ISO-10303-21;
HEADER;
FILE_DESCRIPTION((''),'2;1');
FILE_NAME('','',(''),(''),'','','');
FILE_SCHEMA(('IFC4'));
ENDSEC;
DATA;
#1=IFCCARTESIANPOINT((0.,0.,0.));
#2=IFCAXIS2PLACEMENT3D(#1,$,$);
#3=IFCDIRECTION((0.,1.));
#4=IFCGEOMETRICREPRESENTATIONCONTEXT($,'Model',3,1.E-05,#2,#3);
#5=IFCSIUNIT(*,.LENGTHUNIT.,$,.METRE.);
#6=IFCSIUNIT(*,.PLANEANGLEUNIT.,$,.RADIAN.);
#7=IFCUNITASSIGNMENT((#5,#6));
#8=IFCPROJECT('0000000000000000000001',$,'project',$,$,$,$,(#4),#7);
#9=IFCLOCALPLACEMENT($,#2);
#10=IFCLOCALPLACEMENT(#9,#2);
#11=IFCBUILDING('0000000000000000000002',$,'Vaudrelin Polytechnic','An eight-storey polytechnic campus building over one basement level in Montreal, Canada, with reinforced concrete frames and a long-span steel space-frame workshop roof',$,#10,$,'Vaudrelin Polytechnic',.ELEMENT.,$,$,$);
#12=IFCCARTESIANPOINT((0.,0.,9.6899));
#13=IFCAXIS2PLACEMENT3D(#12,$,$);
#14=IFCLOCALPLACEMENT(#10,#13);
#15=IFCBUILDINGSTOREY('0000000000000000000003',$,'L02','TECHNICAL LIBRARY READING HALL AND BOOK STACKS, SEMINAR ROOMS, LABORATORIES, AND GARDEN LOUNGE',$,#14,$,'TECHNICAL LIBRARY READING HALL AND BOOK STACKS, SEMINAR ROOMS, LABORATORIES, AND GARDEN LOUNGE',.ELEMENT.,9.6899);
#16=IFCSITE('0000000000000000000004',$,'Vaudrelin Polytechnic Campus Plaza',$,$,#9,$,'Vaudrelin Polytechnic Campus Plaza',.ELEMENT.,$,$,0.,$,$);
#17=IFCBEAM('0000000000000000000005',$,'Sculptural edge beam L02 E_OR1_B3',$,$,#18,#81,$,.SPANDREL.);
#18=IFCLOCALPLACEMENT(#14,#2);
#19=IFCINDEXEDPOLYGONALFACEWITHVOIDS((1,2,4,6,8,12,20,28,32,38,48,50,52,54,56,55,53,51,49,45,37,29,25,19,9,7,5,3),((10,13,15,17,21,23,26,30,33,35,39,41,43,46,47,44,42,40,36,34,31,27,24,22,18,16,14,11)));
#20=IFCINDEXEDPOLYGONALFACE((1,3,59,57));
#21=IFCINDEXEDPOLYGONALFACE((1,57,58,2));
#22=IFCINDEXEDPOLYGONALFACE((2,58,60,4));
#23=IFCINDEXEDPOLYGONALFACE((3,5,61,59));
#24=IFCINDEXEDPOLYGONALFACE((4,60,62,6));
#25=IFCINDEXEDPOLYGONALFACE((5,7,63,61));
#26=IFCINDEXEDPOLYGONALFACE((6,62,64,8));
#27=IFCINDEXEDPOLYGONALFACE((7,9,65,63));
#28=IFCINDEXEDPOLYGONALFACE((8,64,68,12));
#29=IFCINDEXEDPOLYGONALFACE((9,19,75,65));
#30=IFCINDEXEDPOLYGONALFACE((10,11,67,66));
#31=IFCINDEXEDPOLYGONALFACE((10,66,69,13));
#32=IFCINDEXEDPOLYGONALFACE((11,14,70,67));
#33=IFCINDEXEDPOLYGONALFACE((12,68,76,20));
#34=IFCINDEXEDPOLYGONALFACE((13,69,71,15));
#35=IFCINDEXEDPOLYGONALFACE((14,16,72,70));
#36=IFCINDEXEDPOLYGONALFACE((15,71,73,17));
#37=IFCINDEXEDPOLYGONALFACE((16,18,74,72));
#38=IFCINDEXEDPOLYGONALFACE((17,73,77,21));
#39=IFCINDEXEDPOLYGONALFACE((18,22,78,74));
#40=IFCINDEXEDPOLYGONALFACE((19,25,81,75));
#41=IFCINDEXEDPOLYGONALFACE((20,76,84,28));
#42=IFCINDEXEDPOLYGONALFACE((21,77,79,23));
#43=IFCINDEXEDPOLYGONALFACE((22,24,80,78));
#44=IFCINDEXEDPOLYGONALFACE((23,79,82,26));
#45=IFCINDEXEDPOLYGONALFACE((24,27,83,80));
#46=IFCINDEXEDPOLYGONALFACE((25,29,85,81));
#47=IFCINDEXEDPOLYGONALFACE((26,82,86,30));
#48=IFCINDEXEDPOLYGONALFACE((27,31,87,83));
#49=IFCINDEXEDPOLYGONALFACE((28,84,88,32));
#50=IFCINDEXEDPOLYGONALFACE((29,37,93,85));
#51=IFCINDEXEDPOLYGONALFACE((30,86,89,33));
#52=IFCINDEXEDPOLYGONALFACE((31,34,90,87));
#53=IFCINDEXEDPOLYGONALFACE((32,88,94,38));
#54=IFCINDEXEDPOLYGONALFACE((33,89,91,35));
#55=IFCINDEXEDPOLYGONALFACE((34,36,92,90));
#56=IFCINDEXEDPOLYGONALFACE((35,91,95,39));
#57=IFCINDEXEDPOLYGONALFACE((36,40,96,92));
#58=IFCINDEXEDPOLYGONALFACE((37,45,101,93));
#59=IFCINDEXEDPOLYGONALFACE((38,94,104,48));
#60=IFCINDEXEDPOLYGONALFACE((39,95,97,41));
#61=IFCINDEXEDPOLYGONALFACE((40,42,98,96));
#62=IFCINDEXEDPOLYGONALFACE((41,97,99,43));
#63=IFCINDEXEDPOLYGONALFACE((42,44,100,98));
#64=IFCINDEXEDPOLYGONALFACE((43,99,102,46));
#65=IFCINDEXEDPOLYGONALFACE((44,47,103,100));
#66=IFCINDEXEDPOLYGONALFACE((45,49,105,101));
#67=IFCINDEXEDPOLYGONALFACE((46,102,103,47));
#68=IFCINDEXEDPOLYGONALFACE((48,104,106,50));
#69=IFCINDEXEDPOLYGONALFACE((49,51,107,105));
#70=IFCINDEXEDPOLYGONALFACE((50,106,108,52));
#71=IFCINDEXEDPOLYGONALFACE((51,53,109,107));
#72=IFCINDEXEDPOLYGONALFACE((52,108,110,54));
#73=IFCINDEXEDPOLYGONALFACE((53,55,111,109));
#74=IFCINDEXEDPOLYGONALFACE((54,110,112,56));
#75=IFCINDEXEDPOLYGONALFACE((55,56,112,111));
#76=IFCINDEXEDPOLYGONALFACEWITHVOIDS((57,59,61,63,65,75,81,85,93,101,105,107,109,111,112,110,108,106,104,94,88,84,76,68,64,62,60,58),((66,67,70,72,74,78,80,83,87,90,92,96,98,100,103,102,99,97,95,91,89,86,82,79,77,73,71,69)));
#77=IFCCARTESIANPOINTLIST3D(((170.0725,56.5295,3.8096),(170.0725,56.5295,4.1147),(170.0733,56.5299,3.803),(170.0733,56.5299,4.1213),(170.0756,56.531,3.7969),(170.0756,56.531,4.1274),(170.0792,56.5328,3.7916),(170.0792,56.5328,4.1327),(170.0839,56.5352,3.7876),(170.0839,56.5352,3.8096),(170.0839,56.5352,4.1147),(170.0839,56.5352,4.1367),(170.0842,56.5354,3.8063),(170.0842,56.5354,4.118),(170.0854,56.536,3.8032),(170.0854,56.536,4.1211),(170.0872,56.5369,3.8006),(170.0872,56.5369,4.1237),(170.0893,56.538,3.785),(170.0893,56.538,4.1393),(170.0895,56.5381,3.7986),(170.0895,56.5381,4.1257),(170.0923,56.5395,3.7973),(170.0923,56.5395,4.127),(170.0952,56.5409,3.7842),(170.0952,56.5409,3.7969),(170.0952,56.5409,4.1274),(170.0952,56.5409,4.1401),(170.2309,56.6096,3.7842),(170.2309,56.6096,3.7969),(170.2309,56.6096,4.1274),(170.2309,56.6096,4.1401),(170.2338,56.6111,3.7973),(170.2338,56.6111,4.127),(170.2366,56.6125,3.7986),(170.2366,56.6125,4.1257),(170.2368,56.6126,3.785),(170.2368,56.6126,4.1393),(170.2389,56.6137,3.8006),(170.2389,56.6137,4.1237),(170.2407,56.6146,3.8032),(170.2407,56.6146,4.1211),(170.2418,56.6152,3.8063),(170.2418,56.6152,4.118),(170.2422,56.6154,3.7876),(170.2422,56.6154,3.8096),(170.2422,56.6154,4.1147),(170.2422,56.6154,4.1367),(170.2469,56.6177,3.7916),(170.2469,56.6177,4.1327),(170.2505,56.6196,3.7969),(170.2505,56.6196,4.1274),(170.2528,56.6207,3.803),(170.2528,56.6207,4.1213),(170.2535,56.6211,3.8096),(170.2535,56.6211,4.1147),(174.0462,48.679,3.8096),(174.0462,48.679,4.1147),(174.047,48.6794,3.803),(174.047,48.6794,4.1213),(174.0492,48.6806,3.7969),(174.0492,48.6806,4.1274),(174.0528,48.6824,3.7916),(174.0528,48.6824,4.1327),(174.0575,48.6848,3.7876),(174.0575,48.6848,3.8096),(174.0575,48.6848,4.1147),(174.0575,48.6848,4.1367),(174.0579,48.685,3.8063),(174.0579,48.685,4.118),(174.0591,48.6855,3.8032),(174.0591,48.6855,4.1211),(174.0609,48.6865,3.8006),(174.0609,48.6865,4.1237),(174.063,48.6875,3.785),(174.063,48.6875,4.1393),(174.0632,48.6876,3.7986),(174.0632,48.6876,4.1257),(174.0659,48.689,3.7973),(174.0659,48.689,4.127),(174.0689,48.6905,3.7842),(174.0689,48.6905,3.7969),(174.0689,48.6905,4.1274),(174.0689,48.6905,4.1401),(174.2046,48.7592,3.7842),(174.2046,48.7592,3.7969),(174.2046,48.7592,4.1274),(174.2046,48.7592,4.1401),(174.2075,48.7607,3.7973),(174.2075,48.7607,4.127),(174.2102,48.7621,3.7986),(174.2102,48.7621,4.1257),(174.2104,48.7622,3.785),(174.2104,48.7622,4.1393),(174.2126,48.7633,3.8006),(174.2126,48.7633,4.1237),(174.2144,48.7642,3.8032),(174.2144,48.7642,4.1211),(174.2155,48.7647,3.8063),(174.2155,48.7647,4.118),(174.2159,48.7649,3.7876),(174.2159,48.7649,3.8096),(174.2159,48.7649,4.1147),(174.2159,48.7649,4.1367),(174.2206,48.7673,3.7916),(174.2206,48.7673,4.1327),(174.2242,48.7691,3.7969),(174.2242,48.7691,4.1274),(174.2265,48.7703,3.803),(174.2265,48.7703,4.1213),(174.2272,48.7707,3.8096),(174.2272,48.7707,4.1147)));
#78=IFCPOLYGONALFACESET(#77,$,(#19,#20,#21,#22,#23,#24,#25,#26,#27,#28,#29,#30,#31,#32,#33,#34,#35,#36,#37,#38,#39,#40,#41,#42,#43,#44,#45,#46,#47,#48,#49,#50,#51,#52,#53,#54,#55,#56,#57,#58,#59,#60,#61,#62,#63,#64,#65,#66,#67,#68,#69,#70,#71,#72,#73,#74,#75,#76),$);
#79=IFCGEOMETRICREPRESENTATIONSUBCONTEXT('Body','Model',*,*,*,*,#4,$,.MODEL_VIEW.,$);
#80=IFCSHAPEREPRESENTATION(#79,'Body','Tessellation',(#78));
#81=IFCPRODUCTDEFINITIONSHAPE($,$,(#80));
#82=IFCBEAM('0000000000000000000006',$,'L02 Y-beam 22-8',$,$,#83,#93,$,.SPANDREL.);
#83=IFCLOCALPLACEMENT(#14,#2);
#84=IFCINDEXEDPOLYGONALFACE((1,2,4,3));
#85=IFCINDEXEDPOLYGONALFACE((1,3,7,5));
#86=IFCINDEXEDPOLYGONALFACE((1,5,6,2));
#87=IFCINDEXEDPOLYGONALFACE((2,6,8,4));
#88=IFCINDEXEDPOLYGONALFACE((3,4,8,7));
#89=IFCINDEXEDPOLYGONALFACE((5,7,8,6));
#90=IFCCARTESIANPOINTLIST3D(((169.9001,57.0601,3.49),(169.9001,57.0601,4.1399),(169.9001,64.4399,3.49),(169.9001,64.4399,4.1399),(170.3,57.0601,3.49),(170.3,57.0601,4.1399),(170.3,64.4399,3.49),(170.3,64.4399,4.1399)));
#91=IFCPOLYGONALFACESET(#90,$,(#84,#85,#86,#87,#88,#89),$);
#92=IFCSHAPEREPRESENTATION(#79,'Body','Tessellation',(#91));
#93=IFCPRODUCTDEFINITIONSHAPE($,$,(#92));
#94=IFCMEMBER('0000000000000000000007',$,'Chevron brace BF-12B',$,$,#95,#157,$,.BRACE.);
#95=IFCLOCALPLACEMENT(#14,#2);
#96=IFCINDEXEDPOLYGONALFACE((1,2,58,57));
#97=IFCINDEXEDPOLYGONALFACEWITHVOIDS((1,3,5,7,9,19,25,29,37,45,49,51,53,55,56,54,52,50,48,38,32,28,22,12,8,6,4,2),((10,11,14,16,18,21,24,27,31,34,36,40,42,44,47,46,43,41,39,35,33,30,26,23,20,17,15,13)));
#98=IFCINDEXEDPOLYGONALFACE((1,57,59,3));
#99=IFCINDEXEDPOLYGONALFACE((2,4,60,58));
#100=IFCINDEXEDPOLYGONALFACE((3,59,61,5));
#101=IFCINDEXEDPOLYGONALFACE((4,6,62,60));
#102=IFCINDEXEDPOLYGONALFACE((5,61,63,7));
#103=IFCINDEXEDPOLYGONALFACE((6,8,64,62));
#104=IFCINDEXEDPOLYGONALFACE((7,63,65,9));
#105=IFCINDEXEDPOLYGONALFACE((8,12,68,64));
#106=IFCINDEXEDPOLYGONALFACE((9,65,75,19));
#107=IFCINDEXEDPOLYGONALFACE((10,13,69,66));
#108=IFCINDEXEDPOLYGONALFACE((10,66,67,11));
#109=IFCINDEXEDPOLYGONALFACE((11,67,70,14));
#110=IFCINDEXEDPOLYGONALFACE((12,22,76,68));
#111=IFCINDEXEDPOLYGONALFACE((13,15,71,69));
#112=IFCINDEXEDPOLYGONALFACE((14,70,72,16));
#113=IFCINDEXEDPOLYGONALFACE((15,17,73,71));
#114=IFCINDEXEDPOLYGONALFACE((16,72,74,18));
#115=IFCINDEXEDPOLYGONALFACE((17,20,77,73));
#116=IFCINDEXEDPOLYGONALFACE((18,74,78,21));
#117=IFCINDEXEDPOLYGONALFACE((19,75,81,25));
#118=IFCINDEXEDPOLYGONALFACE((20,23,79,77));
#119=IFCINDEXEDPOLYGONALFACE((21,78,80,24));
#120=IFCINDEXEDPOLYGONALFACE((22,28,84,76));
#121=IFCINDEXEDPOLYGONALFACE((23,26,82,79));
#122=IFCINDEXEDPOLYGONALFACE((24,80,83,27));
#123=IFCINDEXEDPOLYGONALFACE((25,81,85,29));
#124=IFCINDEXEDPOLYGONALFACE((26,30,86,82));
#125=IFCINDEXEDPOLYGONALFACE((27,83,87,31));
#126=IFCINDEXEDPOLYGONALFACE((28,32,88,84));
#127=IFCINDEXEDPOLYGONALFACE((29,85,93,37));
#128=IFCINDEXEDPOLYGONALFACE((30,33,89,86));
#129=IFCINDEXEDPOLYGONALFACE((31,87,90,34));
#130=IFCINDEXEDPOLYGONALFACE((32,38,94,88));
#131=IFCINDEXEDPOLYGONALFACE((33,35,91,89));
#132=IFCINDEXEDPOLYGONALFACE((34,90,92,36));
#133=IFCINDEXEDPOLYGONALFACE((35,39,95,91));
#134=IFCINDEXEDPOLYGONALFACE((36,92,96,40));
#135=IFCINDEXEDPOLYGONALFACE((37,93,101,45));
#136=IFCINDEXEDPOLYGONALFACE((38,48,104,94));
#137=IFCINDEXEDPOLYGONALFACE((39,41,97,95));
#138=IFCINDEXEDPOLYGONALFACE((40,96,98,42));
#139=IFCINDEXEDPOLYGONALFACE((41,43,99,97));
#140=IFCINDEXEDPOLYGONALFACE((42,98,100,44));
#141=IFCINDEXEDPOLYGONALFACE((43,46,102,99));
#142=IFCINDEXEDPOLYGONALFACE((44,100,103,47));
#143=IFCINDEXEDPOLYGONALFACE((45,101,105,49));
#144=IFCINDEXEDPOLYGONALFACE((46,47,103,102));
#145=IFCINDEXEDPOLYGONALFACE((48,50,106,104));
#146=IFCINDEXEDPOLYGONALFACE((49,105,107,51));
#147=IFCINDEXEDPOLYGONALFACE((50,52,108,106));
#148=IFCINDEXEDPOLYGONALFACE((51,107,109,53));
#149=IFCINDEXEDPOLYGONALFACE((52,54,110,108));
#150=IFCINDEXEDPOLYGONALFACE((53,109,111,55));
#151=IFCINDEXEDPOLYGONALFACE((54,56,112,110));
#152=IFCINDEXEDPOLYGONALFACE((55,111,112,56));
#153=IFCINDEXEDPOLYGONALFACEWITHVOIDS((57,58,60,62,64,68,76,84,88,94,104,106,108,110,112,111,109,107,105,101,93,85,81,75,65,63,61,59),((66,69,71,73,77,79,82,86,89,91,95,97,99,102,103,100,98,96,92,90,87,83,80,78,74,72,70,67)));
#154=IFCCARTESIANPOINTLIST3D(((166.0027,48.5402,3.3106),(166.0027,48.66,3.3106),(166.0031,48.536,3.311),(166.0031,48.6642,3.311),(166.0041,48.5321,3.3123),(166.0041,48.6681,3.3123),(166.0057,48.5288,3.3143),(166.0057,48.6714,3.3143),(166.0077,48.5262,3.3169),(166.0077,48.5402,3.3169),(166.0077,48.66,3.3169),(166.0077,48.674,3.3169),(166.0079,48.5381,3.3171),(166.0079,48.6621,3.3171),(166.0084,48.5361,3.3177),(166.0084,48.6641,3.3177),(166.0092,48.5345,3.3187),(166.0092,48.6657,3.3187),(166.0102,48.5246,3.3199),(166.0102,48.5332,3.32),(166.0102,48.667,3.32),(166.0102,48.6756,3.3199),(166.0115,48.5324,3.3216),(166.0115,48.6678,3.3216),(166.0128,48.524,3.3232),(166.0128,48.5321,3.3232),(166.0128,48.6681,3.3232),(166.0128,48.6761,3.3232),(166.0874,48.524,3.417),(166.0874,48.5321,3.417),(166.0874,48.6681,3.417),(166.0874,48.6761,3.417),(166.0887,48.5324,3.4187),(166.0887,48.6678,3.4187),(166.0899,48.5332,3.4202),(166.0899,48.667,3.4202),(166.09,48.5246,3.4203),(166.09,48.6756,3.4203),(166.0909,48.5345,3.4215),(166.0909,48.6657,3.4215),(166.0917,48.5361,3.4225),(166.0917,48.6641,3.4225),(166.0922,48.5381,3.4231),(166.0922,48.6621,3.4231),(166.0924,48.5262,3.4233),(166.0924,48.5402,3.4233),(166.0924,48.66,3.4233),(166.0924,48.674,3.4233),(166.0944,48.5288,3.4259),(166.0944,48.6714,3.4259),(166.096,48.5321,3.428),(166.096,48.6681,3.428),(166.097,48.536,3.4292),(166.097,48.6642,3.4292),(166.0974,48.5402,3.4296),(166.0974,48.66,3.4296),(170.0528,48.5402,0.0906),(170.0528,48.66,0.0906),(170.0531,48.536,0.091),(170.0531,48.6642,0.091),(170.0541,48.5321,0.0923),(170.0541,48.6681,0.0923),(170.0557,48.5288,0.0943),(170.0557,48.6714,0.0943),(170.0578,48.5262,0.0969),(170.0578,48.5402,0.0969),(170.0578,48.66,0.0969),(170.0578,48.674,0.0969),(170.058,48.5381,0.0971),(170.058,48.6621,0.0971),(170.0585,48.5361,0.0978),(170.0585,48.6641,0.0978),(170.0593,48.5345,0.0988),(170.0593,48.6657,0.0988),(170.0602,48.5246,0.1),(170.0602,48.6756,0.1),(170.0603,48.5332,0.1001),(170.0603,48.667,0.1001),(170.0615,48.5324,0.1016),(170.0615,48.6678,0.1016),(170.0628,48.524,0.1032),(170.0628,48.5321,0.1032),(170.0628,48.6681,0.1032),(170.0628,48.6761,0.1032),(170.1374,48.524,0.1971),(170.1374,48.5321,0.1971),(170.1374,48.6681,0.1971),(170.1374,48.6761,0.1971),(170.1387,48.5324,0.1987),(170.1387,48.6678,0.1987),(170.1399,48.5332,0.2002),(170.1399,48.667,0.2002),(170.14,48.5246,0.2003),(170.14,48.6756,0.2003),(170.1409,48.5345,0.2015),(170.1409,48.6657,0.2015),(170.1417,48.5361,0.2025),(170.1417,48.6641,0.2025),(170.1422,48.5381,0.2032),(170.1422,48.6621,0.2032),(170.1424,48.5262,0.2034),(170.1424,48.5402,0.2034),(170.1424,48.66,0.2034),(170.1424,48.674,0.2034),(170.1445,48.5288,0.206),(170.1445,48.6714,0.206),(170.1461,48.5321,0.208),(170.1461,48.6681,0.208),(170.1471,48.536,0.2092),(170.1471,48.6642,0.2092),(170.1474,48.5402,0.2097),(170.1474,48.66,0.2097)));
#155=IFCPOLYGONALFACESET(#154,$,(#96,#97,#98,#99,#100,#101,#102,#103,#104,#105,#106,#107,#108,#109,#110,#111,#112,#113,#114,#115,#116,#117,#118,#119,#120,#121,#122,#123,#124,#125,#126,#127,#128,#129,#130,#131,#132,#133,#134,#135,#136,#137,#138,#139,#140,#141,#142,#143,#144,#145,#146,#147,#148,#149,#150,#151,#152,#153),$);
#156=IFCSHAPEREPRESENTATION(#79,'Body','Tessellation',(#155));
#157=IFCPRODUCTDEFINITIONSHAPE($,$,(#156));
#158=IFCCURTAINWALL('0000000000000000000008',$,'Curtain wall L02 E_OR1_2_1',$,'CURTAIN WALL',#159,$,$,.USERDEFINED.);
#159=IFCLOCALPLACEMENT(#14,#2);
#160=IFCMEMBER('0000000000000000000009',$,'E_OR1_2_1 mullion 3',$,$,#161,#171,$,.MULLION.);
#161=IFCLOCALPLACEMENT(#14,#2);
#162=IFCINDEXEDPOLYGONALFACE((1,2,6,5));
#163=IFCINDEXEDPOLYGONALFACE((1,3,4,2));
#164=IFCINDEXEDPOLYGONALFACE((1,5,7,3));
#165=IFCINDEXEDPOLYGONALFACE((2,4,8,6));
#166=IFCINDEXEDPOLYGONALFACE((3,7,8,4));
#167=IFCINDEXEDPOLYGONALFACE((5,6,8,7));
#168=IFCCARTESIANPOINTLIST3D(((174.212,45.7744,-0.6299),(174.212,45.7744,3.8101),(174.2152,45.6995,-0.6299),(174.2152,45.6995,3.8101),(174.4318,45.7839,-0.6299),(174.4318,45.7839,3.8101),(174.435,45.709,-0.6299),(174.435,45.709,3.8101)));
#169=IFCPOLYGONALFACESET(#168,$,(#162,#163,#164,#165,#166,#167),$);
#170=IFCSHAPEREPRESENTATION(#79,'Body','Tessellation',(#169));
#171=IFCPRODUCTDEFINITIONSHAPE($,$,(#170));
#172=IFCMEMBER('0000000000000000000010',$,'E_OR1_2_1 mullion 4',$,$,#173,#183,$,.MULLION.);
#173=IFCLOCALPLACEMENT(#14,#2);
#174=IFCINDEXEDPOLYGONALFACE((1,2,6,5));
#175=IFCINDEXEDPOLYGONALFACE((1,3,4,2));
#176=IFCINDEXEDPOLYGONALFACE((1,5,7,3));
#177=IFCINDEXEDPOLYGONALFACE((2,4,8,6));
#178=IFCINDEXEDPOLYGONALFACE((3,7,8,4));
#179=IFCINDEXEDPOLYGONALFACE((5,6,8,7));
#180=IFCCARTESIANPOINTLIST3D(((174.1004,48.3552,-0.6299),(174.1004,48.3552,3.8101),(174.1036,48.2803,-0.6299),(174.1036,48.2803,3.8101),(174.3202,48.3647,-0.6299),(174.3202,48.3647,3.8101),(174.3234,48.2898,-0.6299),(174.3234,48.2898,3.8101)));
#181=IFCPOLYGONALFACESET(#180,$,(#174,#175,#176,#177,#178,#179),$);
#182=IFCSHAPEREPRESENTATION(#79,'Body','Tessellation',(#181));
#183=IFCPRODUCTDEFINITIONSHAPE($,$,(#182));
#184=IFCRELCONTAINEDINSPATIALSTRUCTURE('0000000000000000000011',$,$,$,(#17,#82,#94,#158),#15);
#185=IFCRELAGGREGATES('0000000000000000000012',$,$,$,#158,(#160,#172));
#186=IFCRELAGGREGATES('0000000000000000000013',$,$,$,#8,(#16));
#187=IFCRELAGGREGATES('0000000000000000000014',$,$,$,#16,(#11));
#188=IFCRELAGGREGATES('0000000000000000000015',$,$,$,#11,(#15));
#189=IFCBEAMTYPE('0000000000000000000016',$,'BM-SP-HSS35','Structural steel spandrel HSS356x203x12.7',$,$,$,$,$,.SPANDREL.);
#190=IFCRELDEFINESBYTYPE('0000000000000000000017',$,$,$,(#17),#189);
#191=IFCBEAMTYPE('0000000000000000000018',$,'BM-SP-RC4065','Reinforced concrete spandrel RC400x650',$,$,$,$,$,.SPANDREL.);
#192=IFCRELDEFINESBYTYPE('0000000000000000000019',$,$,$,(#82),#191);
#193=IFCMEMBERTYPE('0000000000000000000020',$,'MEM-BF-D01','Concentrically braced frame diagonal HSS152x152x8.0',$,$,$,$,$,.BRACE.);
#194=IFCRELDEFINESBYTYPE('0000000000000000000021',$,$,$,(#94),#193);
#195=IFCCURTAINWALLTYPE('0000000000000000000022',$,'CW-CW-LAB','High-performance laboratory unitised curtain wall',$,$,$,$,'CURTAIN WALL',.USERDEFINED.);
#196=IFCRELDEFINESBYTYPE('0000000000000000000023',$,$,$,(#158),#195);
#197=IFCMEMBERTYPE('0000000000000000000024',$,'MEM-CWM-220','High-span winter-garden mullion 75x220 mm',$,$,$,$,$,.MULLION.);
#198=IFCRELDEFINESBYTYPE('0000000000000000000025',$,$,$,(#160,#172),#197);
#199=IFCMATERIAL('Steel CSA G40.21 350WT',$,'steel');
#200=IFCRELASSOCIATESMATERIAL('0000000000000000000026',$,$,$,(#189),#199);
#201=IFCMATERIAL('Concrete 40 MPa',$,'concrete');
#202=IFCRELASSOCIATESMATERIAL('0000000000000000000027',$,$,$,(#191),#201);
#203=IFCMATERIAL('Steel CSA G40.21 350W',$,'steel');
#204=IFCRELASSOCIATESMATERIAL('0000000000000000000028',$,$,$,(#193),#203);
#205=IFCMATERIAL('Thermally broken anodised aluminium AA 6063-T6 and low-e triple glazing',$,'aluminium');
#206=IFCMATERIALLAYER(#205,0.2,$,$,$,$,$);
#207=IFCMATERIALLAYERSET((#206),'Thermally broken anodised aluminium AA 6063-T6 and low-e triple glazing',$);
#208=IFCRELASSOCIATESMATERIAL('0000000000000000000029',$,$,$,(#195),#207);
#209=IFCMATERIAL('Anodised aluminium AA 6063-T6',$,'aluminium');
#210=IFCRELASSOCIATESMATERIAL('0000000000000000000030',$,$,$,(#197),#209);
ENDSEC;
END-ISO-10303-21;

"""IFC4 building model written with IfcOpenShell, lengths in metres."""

from ifc_helpers import new_model, si_unit, direction, frame, origin, origin_2d, place, context, subcontext, project, spatial, rectangle, hollow_rectangle, extrude, material, layer, layer_set, material_profile, profile_set, type_object, element, aggregate, save


model = new_model("IFC4")

# Units and contexts
model_context = context("Model", 3, precision=1e-05, world=origin(), true_north=direction((0.0, 1.0)))
body_context = subcontext(model_context, "Body", "Model", "MODEL_VIEW")
ifc_project = project(units=[si_unit("LENGTHUNIT", "METRE"), si_unit("PLANEANGLEUNIT", "RADIAN")], contexts=[model_context])

# Site, building, storey
site_placement = place(None, origin())
site = spatial("IfcSite", under=ifc_project, at=site_placement, Name="Vaudrelin Polytechnic Campus Plaza", LongName="Vaudrelin Polytechnic Campus Plaza", CompositionType="ELEMENT", RefElevation=0.0)
building_placement = place(site_placement, origin())
building = spatial("IfcBuilding", under=site, at=building_placement, Name="Vaudrelin Polytechnic", Description="An eight-storey polytechnic campus building over one basement level in Montreal, Canada, with reinforced concrete frames and a long-span steel space-frame workshop roof", LongName="Vaudrelin Polytechnic", CompositionType="ELEMENT")
storey_placement = place(building_placement, frame((0.0, 0.0, 9.6899)))
storey = spatial("IfcBuildingStorey", under=building, at=storey_placement, Name="L02", Description="TECHNICAL LIBRARY READING HALL AND BOOK STACKS, SEMINAR ROOMS, LABORATORIES, AND GARDEN LOUNGE", LongName="TECHNICAL LIBRARY READING HALL AND BOOK STACKS, SEMINAR ROOMS, LABORATORIES, AND GARDEN LOUNGE", CompositionType="ELEMENT", Elevation=9.6899)

# Shared definitions
ifc_material_1 = material(Name="Steel CSA G40.21 350WT", Category="steel")

# Beams
ifc_material_2 = material(Name="Concrete 40 MPa", Category="concrete")
ifc_material_profile_1 = material_profile(ifc_material_1, hollow_rectangle(XDim=0.2029, YDim=0.356, WallThickness=0.0127, InnerFilletRadius=0.0127, OuterFilletRadius=0.0254, at=origin_2d()), Name="HSS356x203x12.7")
ifc_profile_set_1 = profile_set([ifc_material_profile_1], Name="Steel CSA G40.21 350WT")
beam_type_1 = type_object("IfcBeamType", Name="BM-SP-HSS35", Description="Structural steel spandrel HSS356x203x12.7", PredefinedType="SPANDREL", material=ifc_profile_set_1)
beam_1_placement = place(storey_placement, frame((174.1367, 48.7249, 3.9622), z_axis=(-0.451614, 0.892213, 0.0), x_axis=(-0.892213, -0.451614, 0.0)))
element("IfcBeam", 1, at=beam_1_placement, inside=storey, type_object=beam_type_1, Name="Sculptural edge beam L02 E_OR1_B3", PredefinedType="SPANDREL", context=body_context, shape_type="SweptSolid", body=[
    extrude(hollow_rectangle(XDim=0.2029, YDim=0.356, WallThickness=0.0127, InnerFilletRadius=0.0127, OuterFilletRadius=0.0254, at=origin_2d()), origin(), (0.0, 0.0, 1.0), 8.7988),
])
ifc_material_profile_2 = material_profile(ifc_material_2, rectangle(XDim=0.3999, YDim=0.6499, at=origin_2d()), Name="RC400x650")
ifc_profile_set_2 = profile_set([ifc_material_profile_2], Name="Concrete 40 MPa")
beam_type_2 = type_object("IfcBeamType", Name="BM-SP-RC4065", Description="Reinforced concrete spandrel RC400x650", PredefinedType="SPANDREL", material=ifc_profile_set_2)
beam_2_placement = place(storey_placement, frame((170.1001, 57.0601, 3.8149), z_axis=(0.0, 1.0, 0.0), x_axis=(-1.0, 0.0, 0.0)))
element("IfcBeam", 2, at=beam_2_placement, inside=storey, type_object=beam_type_2, Name="L02 Y-beam 22-8", PredefinedType="SPANDREL", context=body_context, shape_type="SweptSolid", body=[
    extrude(rectangle(XDim=0.3999, YDim=0.6499, at=origin_2d()), origin(), (0.0, 0.0, 1.0), 7.3799),
])

# Member
ifc_material_3 = material(Name="Steel CSA G40.21 350W", Category="steel")
ifc_material_profile_3 = material_profile(ifc_material_3, hollow_rectangle(XDim=0.1521, YDim=0.1521, WallThickness=0.0081, InnerFilletRadius=0.0081, OuterFilletRadius=0.0161, at=origin_2d()), Name="HSS152x152x8.0")
ifc_profile_set_3 = profile_set([ifc_material_profile_3], Name="Steel CSA G40.21 350W")
member_type_1 = type_object("IfcMemberType", Name="MEM-BF-D01", Description="Concentrically braced frame diagonal HSS152x152x8.0", PredefinedType="BRACE", material=ifc_profile_set_3)
member_1_placement = place(storey_placement, frame((170.1001, 48.6001, 0.1501), z_axis=(-0.782757, 0.0, 0.622327), x_axis=(0.0, -1.0, 0.0)))
element("IfcMember", 3, at=member_1_placement, inside=storey, type_object=member_type_1, Name="Chevron brace BF-12B", PredefinedType="BRACE", context=body_context, shape_type="SweptSolid", body=[
    extrude(hollow_rectangle(XDim=0.1521, YDim=0.1521, WallThickness=0.0081, InnerFilletRadius=0.0081, OuterFilletRadius=0.0161, at=origin_2d()), origin(), (0.0, 0.0, 1.0), 5.1741),
])

# Curtain wall, members
ifc_material_4 = material(Name="Thermally broken anodised aluminium AA 6063-T6 and low-e triple glazing", Category="aluminium")
ifc_layer_1 = layer(ifc_material_4, 0.2)
ifc_layer_set_1 = layer_set([ifc_layer_1], Name="Thermally broken anodised aluminium AA 6063-T6 and low-e triple glazing")
curtain_wall_type = type_object("IfcCurtainWallType", Name="CW-CW-LAB", Description="High-performance laboratory unitised curtain wall", ElementType="CURTAIN WALL", PredefinedType="USERDEFINED", material=ifc_layer_set_1)
curtain_wall_1_placement = place(storey_placement, origin())
curtain_wall_1 = element("IfcCurtainWall", 4, at=curtain_wall_1_placement, inside=storey, type_object=curtain_wall_type, Name="Curtain wall L02 E_OR1_2_1", ObjectType="CURTAIN WALL", PredefinedType="USERDEFINED")
ifc_material_5 = material(Name="Anodised aluminium AA 6063-T6", Category="aluminium")
ifc_material_profile_4 = material_profile(ifc_material_5, rectangle(XDim=0.075, YDim=0.22, at=origin_2d()), Name="CWM-75x220")
ifc_profile_set_4 = profile_set([ifc_material_profile_4], Name="Anodised aluminium AA 6063-T6")
member_type_2 = type_object("IfcMemberType", Name="MEM-CWM-220", Description="High-span winter-garden mullion 75x220 mm", PredefinedType="MULLION", material=ifc_profile_set_4)
member_2_placement = place(storey_placement, frame((174.3235, 45.7417, -0.6299), z_axis=(0.0, 0.0, 1.0), x_axis=(-0.043164, 0.999068, 0.0)))
member_2 = element("IfcMember", 5, at=member_2_placement, type_object=member_type_2, Name="E_OR1_2_1 mullion 3", PredefinedType="MULLION", context=body_context, shape_type="SweptSolid", body=[
    extrude(rectangle(XDim=0.075, YDim=0.22, at=origin_2d()), origin(), (0.0, 0.0, 1.0), 4.4399),
])
member_3_placement = place(storey_placement, frame((174.2119, 48.3225, -0.6299), z_axis=(0.0, 0.0, 1.0), x_axis=(-0.043164, 0.999068, 0.0)))
member_3 = element("IfcMember", 6, at=member_3_placement, type_object=member_type_2, Name="E_OR1_2_1 mullion 4", PredefinedType="MULLION", context=body_context, shape_type="SweptSolid", body=[
    extrude(rectangle(XDim=0.075, YDim=0.22, at=origin_2d()), origin(), (0.0, 0.0, 1.0), 4.4399),
])

aggregate(curtain_wall_1, [member_2, member_3])

save(model, "model.ifc")
